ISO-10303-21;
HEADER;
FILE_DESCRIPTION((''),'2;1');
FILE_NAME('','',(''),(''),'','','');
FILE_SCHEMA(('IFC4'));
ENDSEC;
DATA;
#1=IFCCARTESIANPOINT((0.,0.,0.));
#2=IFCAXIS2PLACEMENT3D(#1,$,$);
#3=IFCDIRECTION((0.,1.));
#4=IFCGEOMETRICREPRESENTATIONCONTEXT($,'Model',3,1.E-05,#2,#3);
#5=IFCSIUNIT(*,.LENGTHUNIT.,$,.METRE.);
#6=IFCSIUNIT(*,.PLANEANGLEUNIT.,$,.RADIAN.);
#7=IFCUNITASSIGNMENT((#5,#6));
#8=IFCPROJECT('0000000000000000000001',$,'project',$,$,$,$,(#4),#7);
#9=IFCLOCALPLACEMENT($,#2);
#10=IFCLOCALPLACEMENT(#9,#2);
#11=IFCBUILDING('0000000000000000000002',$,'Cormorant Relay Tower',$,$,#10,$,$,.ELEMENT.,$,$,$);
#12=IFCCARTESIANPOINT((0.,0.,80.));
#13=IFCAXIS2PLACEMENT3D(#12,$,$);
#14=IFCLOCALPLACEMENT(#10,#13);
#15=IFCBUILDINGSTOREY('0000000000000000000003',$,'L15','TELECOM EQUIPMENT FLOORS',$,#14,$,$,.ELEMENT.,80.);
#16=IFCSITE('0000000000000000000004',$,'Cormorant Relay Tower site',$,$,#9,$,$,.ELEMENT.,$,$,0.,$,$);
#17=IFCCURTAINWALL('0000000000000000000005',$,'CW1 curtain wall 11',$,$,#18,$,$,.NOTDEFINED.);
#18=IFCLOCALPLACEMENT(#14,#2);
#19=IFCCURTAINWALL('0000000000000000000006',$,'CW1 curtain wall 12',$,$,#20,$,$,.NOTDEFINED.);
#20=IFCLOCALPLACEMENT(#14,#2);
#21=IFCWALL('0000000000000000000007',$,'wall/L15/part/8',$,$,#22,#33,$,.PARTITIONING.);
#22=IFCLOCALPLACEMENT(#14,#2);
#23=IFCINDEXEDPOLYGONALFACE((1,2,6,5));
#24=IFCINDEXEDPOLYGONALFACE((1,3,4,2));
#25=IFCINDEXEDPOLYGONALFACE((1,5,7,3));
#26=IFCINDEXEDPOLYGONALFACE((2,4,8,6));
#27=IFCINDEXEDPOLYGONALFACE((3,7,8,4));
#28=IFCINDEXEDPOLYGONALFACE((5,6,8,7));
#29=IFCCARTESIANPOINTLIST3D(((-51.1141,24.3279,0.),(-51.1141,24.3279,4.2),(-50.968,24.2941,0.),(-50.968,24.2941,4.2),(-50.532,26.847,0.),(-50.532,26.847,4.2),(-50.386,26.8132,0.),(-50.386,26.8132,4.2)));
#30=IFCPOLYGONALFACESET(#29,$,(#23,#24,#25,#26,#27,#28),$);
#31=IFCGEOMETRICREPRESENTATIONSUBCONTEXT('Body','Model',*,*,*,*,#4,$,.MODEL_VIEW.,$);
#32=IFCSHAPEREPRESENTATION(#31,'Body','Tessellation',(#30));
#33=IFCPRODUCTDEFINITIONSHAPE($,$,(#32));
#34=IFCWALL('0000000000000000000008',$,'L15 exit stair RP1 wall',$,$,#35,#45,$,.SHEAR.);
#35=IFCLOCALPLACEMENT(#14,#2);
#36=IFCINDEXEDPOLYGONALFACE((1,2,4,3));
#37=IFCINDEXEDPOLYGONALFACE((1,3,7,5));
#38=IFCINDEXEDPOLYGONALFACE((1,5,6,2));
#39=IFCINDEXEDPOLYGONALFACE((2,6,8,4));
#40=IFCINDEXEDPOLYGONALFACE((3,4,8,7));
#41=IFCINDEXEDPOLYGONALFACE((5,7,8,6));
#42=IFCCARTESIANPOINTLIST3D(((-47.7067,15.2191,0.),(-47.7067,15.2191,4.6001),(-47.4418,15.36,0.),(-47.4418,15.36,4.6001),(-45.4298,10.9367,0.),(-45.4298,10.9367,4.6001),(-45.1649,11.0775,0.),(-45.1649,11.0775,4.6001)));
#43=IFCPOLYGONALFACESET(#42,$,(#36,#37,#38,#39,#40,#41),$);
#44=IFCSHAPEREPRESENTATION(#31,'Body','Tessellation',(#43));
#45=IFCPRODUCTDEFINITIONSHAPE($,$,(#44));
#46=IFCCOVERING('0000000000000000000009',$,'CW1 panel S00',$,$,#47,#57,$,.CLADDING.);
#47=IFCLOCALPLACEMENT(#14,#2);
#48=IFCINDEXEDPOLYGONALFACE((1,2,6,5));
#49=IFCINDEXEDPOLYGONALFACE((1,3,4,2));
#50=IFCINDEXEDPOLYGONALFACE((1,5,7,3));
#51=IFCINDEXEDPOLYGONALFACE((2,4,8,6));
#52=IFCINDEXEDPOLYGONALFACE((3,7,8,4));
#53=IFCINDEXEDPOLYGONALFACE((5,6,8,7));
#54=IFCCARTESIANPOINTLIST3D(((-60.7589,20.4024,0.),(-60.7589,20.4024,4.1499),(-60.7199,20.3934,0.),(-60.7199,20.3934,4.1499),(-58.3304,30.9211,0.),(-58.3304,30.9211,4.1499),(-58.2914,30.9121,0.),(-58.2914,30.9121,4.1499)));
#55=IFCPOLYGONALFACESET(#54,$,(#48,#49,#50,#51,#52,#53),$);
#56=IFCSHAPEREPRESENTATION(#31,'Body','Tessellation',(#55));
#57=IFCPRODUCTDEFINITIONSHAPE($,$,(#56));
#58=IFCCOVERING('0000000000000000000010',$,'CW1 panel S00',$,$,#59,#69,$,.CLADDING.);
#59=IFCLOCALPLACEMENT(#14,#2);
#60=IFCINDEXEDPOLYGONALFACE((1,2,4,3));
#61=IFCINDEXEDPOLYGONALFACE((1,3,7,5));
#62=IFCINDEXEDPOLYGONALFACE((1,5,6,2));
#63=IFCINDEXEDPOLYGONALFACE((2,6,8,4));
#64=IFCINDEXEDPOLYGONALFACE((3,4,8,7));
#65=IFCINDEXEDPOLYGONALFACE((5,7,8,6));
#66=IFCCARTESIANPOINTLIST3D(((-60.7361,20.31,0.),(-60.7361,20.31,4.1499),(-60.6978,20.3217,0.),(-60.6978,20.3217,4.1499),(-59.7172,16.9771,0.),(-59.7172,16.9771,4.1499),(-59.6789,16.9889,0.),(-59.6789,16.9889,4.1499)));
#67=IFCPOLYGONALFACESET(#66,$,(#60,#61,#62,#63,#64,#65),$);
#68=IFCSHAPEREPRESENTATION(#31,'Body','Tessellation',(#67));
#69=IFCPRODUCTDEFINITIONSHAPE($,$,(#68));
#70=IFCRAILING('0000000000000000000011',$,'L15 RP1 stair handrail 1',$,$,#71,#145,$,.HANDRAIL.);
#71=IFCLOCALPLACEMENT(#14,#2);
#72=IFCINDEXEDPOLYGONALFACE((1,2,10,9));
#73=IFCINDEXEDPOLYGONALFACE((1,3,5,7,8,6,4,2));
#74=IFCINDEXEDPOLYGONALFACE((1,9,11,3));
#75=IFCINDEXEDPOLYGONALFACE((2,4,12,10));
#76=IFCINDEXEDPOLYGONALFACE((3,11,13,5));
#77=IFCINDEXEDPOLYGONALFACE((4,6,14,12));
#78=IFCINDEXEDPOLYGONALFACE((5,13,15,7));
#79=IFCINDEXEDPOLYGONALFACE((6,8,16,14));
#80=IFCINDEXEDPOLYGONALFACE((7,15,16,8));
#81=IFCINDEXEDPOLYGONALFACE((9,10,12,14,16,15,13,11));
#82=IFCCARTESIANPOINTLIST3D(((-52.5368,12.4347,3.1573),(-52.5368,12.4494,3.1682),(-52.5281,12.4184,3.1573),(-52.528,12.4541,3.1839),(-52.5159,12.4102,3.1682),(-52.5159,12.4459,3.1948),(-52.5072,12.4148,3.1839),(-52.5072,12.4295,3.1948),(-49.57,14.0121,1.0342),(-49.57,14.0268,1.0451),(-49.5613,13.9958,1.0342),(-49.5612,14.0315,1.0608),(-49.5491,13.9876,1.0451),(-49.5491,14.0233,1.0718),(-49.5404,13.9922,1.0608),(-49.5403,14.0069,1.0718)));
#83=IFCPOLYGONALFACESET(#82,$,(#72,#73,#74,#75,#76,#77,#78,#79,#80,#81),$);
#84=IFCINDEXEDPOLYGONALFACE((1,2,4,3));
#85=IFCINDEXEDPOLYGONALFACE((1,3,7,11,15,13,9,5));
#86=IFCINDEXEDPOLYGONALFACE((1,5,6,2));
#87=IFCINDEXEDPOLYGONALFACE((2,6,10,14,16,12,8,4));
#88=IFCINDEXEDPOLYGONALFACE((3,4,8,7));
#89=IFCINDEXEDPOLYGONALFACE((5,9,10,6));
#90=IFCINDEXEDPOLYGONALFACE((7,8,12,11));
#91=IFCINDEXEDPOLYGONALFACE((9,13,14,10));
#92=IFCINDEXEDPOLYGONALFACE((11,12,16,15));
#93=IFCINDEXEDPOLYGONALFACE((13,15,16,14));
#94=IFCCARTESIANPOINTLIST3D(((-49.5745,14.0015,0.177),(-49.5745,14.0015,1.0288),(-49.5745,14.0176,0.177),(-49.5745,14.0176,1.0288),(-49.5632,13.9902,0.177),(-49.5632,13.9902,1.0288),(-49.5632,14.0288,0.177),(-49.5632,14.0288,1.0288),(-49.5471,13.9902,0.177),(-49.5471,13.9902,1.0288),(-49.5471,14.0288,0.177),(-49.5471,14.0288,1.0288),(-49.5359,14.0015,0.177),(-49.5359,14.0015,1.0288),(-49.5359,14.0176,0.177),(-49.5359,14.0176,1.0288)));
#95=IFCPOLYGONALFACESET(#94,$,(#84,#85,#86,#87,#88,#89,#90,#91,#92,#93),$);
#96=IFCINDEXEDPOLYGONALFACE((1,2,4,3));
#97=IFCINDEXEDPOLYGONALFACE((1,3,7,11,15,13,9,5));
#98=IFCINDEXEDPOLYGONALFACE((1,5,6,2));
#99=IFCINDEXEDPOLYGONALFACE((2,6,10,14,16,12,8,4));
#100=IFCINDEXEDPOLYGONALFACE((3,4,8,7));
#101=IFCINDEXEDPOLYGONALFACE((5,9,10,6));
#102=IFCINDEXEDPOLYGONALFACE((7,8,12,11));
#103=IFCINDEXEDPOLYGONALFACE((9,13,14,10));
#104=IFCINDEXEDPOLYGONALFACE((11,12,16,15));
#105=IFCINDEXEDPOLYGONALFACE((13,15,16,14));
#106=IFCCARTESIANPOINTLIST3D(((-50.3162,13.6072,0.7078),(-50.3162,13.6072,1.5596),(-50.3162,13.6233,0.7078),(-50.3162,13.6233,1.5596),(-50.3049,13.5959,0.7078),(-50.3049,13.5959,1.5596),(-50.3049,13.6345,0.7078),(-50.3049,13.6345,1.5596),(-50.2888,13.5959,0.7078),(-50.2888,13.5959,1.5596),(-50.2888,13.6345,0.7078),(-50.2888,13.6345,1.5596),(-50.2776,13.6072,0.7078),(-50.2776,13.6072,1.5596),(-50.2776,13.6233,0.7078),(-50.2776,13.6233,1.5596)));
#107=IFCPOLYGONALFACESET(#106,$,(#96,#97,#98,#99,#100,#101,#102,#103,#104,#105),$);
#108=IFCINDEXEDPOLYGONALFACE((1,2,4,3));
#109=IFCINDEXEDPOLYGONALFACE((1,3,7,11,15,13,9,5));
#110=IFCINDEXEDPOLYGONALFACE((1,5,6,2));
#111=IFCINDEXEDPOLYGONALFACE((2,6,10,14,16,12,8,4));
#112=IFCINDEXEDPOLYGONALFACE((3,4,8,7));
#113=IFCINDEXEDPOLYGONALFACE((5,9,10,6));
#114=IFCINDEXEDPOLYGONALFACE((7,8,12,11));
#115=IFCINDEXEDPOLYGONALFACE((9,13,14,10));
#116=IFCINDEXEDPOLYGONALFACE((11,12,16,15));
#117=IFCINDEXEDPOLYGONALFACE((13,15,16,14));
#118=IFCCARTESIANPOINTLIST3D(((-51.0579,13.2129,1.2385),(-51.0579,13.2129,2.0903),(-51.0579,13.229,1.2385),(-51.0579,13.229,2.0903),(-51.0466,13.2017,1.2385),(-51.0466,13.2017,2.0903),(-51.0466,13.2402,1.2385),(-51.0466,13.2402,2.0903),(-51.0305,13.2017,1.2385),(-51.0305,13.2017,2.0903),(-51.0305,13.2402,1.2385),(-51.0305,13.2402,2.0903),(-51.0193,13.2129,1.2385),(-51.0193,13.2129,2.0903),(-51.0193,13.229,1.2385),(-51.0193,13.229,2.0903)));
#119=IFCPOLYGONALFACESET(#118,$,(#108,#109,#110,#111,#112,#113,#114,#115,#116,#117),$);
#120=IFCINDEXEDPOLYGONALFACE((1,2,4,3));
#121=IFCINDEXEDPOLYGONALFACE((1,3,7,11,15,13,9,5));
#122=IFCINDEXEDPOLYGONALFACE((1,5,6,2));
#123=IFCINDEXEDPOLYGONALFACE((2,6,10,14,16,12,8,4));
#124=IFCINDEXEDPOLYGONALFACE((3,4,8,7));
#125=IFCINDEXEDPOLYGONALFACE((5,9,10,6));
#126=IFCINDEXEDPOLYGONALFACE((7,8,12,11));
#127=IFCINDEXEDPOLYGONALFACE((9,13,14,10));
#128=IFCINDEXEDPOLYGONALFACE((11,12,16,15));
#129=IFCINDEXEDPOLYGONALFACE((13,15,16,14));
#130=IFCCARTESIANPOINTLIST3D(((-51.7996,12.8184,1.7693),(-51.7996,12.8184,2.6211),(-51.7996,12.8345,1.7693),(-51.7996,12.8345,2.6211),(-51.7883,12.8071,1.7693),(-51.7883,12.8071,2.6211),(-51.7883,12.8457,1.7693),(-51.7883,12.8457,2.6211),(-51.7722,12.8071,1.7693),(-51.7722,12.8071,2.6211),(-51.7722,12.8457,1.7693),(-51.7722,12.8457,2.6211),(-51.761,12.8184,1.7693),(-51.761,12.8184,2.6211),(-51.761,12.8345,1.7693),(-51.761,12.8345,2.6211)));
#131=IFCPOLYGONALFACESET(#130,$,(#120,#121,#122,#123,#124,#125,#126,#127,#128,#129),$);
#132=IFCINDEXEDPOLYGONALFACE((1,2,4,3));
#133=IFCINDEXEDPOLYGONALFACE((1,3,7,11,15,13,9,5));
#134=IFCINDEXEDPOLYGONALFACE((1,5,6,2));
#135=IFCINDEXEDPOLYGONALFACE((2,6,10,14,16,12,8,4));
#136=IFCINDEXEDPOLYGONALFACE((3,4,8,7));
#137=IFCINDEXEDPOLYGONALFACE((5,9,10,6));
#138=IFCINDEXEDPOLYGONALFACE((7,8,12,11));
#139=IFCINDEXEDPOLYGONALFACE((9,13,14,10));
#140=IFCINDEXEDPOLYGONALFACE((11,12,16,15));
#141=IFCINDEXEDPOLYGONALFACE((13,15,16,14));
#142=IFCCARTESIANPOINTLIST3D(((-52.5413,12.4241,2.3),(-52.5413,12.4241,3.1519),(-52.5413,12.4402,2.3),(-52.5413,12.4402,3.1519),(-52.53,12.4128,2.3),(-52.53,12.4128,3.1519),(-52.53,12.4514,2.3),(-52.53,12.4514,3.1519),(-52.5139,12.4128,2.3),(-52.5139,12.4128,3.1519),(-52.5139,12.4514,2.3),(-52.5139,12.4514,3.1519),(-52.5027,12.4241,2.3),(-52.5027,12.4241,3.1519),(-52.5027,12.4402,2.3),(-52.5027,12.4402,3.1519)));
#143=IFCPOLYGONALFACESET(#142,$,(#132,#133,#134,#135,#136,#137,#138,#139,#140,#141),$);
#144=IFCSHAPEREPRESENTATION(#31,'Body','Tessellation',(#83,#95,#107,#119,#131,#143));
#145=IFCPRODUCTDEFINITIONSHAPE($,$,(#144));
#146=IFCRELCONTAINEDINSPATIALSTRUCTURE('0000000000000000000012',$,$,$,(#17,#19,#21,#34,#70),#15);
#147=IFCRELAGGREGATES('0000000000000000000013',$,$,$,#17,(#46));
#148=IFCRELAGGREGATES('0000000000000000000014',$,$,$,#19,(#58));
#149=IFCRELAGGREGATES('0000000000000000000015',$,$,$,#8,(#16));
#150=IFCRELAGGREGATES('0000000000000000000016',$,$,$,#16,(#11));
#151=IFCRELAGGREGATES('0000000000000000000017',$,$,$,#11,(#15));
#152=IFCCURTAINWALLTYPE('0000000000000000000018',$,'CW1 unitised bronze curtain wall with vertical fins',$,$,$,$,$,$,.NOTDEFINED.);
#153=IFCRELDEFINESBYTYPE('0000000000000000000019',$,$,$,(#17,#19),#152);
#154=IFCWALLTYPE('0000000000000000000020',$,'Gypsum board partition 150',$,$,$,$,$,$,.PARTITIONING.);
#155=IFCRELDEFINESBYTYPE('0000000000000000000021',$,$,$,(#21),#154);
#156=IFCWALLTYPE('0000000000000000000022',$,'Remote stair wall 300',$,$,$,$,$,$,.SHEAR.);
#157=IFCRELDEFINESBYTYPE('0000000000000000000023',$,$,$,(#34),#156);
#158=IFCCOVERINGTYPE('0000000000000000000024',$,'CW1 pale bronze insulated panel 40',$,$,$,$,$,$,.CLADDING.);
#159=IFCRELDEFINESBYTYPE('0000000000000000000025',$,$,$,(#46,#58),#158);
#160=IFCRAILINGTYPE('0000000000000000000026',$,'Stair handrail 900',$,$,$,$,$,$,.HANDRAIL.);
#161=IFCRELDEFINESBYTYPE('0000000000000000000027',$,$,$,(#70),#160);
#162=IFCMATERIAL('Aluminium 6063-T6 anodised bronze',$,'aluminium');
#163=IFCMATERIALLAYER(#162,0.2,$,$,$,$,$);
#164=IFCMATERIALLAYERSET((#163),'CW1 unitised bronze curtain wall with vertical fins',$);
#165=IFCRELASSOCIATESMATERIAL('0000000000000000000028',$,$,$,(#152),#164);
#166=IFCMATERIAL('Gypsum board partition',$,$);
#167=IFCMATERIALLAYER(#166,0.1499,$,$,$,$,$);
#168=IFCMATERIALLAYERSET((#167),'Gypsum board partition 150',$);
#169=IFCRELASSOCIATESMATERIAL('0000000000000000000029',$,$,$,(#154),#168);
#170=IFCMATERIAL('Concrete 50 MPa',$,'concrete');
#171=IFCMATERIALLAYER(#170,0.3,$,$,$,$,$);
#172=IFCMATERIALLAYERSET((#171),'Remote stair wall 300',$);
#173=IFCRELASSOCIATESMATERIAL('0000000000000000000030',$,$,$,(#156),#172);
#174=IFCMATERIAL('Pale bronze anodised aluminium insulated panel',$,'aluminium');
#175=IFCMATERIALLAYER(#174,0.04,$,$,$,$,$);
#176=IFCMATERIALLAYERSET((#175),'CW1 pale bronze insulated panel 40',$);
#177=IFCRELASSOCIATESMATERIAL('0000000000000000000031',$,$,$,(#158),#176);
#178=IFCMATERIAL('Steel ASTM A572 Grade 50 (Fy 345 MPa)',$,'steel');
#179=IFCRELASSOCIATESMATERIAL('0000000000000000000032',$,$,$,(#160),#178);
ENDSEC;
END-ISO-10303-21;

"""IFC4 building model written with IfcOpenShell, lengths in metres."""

from ifc_helpers import new_model, si_unit, direction, frame, frame_2d, origin, origin_2d, place, context, subcontext, project, spatial, polyline, rectangle, outline, extrude, material, layer, layer_set, type_object, element, aggregate, save


model = new_model("IFC4")

# Units and contexts
model_context = context("Model", 3, precision=1e-05, world=origin(), true_north=direction((0.0, 1.0)))
body_context = subcontext(model_context, "Body", "Model", "MODEL_VIEW")
ifc_project = project(units=[si_unit("LENGTHUNIT", "METRE"), si_unit("PLANEANGLEUNIT", "RADIAN")], contexts=[model_context])

# Site, building, storey
site_placement = place(None, origin())
site = spatial("IfcSite", under=ifc_project, at=site_placement, Name="Cormorant Relay Tower site", CompositionType="ELEMENT", RefElevation=0.0)
building_placement = place(site_placement, origin())
building = spatial("IfcBuilding", under=site, at=building_placement, Name="Cormorant Relay Tower", CompositionType="ELEMENT")
storey_placement = place(building_placement, frame((0.0, 0.0, 80.0)))
storey = spatial("IfcBuildingStorey", under=building, at=storey_placement, Name="L15", Description="TELECOM EQUIPMENT FLOORS", CompositionType="ELEMENT", Elevation=80.0)

# Curtain wall
ifc_material_1 = material(Name="Aluminium 6063-T6 anodised bronze", Category="aluminium")
ifc_layer_1 = layer(ifc_material_1, 0.2)
ifc_layer_set_1 = layer_set([ifc_layer_1], Name="CW1 unitised bronze curtain wall with vertical fins")
curtain_wall_type = type_object("IfcCurtainWallType", Name="CW1 unitised bronze curtain wall with vertical fins", PredefinedType="NOTDEFINED", material=ifc_layer_set_1)
curtain_wall_1_placement = place(storey_placement, origin())
curtain_wall_1 = element("IfcCurtainWall", 1, at=curtain_wall_1_placement, inside=storey, type_object=curtain_wall_type, Name="CW1 curtain wall 11", PredefinedType="NOTDEFINED")

# Curtain wall
curtain_wall_2_placement = place(storey_placement, origin())
curtain_wall_2 = element("IfcCurtainWall", 2, at=curtain_wall_2_placement, inside=storey, type_object=curtain_wall_type, Name="CW1 curtain wall 12", PredefinedType="NOTDEFINED")

# Shared definitions
ifc_material_2 = material(Name="Gypsum board partition")
ifc_layer_2 = layer(ifc_material_2, 0.1499)
ifc_layer_set_2 = layer_set([ifc_layer_2], Name="Gypsum board partition 150")
wall_type_1 = type_object("IfcWallType", Name="Gypsum board partition 150", PredefinedType="PARTITIONING", material=ifc_layer_set_2)

# Walls
wall_1_placement = place(storey_placement, frame((-50.459, 26.8301, 0.0), z_axis=(0.0, 0.0, 1.0), x_axis=(-0.225122, -0.974331, 0.0)))
element("IfcWall", 3, at=wall_1_placement, inside=storey, type_object=wall_type_1, Name="wall/L15/part/8", PredefinedType="PARTITIONING", context=body_context, shape_type="SweptSolid", body=[
    extrude(rectangle(XDim=2.5854, YDim=0.1499, at=frame_2d((1.2927, 0.0))), origin(), (0.0, 0.0, 1.0), 4.2),
])
ifc_material_3 = material(Name="Concrete 50 MPa", Category="concrete")
ifc_layer_3 = layer(ifc_material_3, 0.3)
ifc_layer_set_3 = layer_set([ifc_layer_3], Name="Remote stair wall 300")
wall_type_2 = type_object("IfcWallType", Name="Remote stair wall 300", PredefinedType="SHEAR", material=ifc_layer_set_3)
wall_2_placement = place(storey_placement, frame((-47.5742, 15.2896, 0.0), z_axis=(0.0, 0.0, 1.0), x_axis=(0.469443, -0.882963, 0.0)))
element("IfcWall", 4, at=wall_2_placement, inside=storey, type_object=wall_type_2, Name="L15 exit stair RP1 wall", PredefinedType="SHEAR", context=body_context, shape_type="SweptSolid", body=[
    extrude(rectangle(XDim=4.8501, YDim=0.3, at=frame_2d((2.425, 0.0))), origin(), (0.0, 0.0, 1.0), 4.6001),
])

# Coverings
ifc_material_4 = material(Name="Pale bronze anodised aluminium insulated panel", Category="aluminium")
ifc_layer_4 = layer(ifc_material_4, 0.04)
ifc_layer_set_4 = layer_set([ifc_layer_4], Name="CW1 pale bronze insulated panel 40")
covering_type = type_object("IfcCoveringType", Name="CW1 pale bronze insulated panel 40", PredefinedType="CLADDING", material=ifc_layer_set_4)
covering_1_placement = place(storey_placement, frame((-59.5251, 25.6572, 0.0), z_axis=(0.0, 0.0, 1.0), x_axis=(-0.224951, -0.97437, 0.0)))
covering_1 = element("IfcCovering", 5, at=covering_1_placement, type_object=covering_type, Name="CW1 panel S00", PredefinedType="CLADDING", context=body_context, shape_type="SweptSolid", body=[
    extrude(rectangle(XDim=10.7954, YDim=0.04, at=origin_2d()), origin(), (0.0, 0.0, 1.0), 4.1499),
])
aggregate(curtain_wall_1, [covering_1])
covering_2_placement = place(storey_placement, frame((-60.2075, 18.6494, 0.0), z_axis=(0.0, 0.0, 1.0), x_axis=(0.292372, -0.956305, 0.0)))
covering_2 = element("IfcCovering", 6, at=covering_2_placement, type_object=covering_type, Name="CW1 panel S00", PredefinedType="CLADDING", context=body_context, shape_type="SweptSolid", body=[
    extrude(rectangle(XDim=3.4851, YDim=0.04, at=origin_2d()), origin(), (0.0, 0.0, 1.0), 4.1499),
])
aggregate(curtain_wall_2, [covering_2])

# Railing
ifc_material_5 = material(Name="Steel ASTM A572 Grade 50 (Fy 345 MPa)", Category="steel")
railing_type = type_object("IfcRailingType", Name="Stair handrail 900", PredefinedType="HANDRAIL", material=ifc_material_5)
railing_placement = place(storey_placement, frame((-49.5552, 14.0095, 0.177)))
element("IfcRailing", 7, at=railing_placement, inside=storey, type_object=railing_type, Name="L15 RP1 stair handrail 1", PredefinedType="HANDRAIL", context=body_context, shape_type="SweptSolid", body=[
    extrude(outline(polyline([(0.0222, 0.0093), (0.0093, 0.0222), (-0.0093, 0.0222), (-0.0222, 0.0093), (-0.0222, -0.0093), (-0.0093, -0.0222), (0.0093, -0.0222), (0.0222, -0.0093), (0.0222, 0.0093)])), frame((0.0, 0.0, 0.876), z_axis=(-0.746441, -0.396869, 0.534155), x_axis=(0.469453, -0.882958, 0.0)), (0.0, 0.0, 1.0), 3.9746),
    extrude(outline(polyline([(0.0193, 0.0081), (0.0081, 0.0193), (-0.0081, 0.0193), (-0.0193, 0.0081), (-0.0193, -0.0081), (-0.0081, -0.0193), (0.0081, -0.0193), (0.0193, -0.0081), (0.0193, 0.0081)])), origin(), (0.0, 0.0, 1.0), 0.8518),
    extrude(outline(polyline([(0.0193, 0.0081), (0.0081, 0.0193), (-0.0081, 0.0193), (-0.0193, 0.0081), (-0.0193, -0.0081), (-0.0081, -0.0193), (0.0081, -0.0193), (0.0193, -0.0081), (0.0193, 0.0081)])), frame((-0.7417, -0.3943, 0.5308)), (0.0, 0.0, 1.0), 0.8518),
    extrude(outline(polyline([(0.0193, 0.0081), (0.0081, 0.0193), (-0.0081, 0.0193), (-0.0193, 0.0081), (-0.0193, -0.0081), (-0.0081, -0.0193), (0.0081, -0.0193), (0.0193, -0.0081), (0.0193, 0.0081)])), frame((-1.4834, -0.7886, 1.0615)), (0.0, 0.0, 1.0), 0.8518),
    extrude(outline(polyline([(0.0193, 0.0081), (0.0081, 0.0193), (-0.0081, 0.0193), (-0.0193, 0.0081), (-0.0193, -0.0081), (-0.0081, -0.0193), (0.0081, -0.0193), (0.0193, -0.0081), (0.0193, 0.0081)])), frame((-2.2251, -1.1831, 1.5923)), (0.0, 0.0, 1.0), 0.8518),
    extrude(outline(polyline([(0.0193, 0.0081), (0.0081, 0.0193), (-0.0081, 0.0193), (-0.0193, 0.0081), (-0.0193, -0.0081), (-0.0081, -0.0193), (0.0081, -0.0193), (0.0193, -0.0081), (0.0193, 0.0081)])), frame((-2.9668, -1.5774, 2.123)), (0.0, 0.0, 1.0), 0.8518),
])

save(model, "model.ifc")
